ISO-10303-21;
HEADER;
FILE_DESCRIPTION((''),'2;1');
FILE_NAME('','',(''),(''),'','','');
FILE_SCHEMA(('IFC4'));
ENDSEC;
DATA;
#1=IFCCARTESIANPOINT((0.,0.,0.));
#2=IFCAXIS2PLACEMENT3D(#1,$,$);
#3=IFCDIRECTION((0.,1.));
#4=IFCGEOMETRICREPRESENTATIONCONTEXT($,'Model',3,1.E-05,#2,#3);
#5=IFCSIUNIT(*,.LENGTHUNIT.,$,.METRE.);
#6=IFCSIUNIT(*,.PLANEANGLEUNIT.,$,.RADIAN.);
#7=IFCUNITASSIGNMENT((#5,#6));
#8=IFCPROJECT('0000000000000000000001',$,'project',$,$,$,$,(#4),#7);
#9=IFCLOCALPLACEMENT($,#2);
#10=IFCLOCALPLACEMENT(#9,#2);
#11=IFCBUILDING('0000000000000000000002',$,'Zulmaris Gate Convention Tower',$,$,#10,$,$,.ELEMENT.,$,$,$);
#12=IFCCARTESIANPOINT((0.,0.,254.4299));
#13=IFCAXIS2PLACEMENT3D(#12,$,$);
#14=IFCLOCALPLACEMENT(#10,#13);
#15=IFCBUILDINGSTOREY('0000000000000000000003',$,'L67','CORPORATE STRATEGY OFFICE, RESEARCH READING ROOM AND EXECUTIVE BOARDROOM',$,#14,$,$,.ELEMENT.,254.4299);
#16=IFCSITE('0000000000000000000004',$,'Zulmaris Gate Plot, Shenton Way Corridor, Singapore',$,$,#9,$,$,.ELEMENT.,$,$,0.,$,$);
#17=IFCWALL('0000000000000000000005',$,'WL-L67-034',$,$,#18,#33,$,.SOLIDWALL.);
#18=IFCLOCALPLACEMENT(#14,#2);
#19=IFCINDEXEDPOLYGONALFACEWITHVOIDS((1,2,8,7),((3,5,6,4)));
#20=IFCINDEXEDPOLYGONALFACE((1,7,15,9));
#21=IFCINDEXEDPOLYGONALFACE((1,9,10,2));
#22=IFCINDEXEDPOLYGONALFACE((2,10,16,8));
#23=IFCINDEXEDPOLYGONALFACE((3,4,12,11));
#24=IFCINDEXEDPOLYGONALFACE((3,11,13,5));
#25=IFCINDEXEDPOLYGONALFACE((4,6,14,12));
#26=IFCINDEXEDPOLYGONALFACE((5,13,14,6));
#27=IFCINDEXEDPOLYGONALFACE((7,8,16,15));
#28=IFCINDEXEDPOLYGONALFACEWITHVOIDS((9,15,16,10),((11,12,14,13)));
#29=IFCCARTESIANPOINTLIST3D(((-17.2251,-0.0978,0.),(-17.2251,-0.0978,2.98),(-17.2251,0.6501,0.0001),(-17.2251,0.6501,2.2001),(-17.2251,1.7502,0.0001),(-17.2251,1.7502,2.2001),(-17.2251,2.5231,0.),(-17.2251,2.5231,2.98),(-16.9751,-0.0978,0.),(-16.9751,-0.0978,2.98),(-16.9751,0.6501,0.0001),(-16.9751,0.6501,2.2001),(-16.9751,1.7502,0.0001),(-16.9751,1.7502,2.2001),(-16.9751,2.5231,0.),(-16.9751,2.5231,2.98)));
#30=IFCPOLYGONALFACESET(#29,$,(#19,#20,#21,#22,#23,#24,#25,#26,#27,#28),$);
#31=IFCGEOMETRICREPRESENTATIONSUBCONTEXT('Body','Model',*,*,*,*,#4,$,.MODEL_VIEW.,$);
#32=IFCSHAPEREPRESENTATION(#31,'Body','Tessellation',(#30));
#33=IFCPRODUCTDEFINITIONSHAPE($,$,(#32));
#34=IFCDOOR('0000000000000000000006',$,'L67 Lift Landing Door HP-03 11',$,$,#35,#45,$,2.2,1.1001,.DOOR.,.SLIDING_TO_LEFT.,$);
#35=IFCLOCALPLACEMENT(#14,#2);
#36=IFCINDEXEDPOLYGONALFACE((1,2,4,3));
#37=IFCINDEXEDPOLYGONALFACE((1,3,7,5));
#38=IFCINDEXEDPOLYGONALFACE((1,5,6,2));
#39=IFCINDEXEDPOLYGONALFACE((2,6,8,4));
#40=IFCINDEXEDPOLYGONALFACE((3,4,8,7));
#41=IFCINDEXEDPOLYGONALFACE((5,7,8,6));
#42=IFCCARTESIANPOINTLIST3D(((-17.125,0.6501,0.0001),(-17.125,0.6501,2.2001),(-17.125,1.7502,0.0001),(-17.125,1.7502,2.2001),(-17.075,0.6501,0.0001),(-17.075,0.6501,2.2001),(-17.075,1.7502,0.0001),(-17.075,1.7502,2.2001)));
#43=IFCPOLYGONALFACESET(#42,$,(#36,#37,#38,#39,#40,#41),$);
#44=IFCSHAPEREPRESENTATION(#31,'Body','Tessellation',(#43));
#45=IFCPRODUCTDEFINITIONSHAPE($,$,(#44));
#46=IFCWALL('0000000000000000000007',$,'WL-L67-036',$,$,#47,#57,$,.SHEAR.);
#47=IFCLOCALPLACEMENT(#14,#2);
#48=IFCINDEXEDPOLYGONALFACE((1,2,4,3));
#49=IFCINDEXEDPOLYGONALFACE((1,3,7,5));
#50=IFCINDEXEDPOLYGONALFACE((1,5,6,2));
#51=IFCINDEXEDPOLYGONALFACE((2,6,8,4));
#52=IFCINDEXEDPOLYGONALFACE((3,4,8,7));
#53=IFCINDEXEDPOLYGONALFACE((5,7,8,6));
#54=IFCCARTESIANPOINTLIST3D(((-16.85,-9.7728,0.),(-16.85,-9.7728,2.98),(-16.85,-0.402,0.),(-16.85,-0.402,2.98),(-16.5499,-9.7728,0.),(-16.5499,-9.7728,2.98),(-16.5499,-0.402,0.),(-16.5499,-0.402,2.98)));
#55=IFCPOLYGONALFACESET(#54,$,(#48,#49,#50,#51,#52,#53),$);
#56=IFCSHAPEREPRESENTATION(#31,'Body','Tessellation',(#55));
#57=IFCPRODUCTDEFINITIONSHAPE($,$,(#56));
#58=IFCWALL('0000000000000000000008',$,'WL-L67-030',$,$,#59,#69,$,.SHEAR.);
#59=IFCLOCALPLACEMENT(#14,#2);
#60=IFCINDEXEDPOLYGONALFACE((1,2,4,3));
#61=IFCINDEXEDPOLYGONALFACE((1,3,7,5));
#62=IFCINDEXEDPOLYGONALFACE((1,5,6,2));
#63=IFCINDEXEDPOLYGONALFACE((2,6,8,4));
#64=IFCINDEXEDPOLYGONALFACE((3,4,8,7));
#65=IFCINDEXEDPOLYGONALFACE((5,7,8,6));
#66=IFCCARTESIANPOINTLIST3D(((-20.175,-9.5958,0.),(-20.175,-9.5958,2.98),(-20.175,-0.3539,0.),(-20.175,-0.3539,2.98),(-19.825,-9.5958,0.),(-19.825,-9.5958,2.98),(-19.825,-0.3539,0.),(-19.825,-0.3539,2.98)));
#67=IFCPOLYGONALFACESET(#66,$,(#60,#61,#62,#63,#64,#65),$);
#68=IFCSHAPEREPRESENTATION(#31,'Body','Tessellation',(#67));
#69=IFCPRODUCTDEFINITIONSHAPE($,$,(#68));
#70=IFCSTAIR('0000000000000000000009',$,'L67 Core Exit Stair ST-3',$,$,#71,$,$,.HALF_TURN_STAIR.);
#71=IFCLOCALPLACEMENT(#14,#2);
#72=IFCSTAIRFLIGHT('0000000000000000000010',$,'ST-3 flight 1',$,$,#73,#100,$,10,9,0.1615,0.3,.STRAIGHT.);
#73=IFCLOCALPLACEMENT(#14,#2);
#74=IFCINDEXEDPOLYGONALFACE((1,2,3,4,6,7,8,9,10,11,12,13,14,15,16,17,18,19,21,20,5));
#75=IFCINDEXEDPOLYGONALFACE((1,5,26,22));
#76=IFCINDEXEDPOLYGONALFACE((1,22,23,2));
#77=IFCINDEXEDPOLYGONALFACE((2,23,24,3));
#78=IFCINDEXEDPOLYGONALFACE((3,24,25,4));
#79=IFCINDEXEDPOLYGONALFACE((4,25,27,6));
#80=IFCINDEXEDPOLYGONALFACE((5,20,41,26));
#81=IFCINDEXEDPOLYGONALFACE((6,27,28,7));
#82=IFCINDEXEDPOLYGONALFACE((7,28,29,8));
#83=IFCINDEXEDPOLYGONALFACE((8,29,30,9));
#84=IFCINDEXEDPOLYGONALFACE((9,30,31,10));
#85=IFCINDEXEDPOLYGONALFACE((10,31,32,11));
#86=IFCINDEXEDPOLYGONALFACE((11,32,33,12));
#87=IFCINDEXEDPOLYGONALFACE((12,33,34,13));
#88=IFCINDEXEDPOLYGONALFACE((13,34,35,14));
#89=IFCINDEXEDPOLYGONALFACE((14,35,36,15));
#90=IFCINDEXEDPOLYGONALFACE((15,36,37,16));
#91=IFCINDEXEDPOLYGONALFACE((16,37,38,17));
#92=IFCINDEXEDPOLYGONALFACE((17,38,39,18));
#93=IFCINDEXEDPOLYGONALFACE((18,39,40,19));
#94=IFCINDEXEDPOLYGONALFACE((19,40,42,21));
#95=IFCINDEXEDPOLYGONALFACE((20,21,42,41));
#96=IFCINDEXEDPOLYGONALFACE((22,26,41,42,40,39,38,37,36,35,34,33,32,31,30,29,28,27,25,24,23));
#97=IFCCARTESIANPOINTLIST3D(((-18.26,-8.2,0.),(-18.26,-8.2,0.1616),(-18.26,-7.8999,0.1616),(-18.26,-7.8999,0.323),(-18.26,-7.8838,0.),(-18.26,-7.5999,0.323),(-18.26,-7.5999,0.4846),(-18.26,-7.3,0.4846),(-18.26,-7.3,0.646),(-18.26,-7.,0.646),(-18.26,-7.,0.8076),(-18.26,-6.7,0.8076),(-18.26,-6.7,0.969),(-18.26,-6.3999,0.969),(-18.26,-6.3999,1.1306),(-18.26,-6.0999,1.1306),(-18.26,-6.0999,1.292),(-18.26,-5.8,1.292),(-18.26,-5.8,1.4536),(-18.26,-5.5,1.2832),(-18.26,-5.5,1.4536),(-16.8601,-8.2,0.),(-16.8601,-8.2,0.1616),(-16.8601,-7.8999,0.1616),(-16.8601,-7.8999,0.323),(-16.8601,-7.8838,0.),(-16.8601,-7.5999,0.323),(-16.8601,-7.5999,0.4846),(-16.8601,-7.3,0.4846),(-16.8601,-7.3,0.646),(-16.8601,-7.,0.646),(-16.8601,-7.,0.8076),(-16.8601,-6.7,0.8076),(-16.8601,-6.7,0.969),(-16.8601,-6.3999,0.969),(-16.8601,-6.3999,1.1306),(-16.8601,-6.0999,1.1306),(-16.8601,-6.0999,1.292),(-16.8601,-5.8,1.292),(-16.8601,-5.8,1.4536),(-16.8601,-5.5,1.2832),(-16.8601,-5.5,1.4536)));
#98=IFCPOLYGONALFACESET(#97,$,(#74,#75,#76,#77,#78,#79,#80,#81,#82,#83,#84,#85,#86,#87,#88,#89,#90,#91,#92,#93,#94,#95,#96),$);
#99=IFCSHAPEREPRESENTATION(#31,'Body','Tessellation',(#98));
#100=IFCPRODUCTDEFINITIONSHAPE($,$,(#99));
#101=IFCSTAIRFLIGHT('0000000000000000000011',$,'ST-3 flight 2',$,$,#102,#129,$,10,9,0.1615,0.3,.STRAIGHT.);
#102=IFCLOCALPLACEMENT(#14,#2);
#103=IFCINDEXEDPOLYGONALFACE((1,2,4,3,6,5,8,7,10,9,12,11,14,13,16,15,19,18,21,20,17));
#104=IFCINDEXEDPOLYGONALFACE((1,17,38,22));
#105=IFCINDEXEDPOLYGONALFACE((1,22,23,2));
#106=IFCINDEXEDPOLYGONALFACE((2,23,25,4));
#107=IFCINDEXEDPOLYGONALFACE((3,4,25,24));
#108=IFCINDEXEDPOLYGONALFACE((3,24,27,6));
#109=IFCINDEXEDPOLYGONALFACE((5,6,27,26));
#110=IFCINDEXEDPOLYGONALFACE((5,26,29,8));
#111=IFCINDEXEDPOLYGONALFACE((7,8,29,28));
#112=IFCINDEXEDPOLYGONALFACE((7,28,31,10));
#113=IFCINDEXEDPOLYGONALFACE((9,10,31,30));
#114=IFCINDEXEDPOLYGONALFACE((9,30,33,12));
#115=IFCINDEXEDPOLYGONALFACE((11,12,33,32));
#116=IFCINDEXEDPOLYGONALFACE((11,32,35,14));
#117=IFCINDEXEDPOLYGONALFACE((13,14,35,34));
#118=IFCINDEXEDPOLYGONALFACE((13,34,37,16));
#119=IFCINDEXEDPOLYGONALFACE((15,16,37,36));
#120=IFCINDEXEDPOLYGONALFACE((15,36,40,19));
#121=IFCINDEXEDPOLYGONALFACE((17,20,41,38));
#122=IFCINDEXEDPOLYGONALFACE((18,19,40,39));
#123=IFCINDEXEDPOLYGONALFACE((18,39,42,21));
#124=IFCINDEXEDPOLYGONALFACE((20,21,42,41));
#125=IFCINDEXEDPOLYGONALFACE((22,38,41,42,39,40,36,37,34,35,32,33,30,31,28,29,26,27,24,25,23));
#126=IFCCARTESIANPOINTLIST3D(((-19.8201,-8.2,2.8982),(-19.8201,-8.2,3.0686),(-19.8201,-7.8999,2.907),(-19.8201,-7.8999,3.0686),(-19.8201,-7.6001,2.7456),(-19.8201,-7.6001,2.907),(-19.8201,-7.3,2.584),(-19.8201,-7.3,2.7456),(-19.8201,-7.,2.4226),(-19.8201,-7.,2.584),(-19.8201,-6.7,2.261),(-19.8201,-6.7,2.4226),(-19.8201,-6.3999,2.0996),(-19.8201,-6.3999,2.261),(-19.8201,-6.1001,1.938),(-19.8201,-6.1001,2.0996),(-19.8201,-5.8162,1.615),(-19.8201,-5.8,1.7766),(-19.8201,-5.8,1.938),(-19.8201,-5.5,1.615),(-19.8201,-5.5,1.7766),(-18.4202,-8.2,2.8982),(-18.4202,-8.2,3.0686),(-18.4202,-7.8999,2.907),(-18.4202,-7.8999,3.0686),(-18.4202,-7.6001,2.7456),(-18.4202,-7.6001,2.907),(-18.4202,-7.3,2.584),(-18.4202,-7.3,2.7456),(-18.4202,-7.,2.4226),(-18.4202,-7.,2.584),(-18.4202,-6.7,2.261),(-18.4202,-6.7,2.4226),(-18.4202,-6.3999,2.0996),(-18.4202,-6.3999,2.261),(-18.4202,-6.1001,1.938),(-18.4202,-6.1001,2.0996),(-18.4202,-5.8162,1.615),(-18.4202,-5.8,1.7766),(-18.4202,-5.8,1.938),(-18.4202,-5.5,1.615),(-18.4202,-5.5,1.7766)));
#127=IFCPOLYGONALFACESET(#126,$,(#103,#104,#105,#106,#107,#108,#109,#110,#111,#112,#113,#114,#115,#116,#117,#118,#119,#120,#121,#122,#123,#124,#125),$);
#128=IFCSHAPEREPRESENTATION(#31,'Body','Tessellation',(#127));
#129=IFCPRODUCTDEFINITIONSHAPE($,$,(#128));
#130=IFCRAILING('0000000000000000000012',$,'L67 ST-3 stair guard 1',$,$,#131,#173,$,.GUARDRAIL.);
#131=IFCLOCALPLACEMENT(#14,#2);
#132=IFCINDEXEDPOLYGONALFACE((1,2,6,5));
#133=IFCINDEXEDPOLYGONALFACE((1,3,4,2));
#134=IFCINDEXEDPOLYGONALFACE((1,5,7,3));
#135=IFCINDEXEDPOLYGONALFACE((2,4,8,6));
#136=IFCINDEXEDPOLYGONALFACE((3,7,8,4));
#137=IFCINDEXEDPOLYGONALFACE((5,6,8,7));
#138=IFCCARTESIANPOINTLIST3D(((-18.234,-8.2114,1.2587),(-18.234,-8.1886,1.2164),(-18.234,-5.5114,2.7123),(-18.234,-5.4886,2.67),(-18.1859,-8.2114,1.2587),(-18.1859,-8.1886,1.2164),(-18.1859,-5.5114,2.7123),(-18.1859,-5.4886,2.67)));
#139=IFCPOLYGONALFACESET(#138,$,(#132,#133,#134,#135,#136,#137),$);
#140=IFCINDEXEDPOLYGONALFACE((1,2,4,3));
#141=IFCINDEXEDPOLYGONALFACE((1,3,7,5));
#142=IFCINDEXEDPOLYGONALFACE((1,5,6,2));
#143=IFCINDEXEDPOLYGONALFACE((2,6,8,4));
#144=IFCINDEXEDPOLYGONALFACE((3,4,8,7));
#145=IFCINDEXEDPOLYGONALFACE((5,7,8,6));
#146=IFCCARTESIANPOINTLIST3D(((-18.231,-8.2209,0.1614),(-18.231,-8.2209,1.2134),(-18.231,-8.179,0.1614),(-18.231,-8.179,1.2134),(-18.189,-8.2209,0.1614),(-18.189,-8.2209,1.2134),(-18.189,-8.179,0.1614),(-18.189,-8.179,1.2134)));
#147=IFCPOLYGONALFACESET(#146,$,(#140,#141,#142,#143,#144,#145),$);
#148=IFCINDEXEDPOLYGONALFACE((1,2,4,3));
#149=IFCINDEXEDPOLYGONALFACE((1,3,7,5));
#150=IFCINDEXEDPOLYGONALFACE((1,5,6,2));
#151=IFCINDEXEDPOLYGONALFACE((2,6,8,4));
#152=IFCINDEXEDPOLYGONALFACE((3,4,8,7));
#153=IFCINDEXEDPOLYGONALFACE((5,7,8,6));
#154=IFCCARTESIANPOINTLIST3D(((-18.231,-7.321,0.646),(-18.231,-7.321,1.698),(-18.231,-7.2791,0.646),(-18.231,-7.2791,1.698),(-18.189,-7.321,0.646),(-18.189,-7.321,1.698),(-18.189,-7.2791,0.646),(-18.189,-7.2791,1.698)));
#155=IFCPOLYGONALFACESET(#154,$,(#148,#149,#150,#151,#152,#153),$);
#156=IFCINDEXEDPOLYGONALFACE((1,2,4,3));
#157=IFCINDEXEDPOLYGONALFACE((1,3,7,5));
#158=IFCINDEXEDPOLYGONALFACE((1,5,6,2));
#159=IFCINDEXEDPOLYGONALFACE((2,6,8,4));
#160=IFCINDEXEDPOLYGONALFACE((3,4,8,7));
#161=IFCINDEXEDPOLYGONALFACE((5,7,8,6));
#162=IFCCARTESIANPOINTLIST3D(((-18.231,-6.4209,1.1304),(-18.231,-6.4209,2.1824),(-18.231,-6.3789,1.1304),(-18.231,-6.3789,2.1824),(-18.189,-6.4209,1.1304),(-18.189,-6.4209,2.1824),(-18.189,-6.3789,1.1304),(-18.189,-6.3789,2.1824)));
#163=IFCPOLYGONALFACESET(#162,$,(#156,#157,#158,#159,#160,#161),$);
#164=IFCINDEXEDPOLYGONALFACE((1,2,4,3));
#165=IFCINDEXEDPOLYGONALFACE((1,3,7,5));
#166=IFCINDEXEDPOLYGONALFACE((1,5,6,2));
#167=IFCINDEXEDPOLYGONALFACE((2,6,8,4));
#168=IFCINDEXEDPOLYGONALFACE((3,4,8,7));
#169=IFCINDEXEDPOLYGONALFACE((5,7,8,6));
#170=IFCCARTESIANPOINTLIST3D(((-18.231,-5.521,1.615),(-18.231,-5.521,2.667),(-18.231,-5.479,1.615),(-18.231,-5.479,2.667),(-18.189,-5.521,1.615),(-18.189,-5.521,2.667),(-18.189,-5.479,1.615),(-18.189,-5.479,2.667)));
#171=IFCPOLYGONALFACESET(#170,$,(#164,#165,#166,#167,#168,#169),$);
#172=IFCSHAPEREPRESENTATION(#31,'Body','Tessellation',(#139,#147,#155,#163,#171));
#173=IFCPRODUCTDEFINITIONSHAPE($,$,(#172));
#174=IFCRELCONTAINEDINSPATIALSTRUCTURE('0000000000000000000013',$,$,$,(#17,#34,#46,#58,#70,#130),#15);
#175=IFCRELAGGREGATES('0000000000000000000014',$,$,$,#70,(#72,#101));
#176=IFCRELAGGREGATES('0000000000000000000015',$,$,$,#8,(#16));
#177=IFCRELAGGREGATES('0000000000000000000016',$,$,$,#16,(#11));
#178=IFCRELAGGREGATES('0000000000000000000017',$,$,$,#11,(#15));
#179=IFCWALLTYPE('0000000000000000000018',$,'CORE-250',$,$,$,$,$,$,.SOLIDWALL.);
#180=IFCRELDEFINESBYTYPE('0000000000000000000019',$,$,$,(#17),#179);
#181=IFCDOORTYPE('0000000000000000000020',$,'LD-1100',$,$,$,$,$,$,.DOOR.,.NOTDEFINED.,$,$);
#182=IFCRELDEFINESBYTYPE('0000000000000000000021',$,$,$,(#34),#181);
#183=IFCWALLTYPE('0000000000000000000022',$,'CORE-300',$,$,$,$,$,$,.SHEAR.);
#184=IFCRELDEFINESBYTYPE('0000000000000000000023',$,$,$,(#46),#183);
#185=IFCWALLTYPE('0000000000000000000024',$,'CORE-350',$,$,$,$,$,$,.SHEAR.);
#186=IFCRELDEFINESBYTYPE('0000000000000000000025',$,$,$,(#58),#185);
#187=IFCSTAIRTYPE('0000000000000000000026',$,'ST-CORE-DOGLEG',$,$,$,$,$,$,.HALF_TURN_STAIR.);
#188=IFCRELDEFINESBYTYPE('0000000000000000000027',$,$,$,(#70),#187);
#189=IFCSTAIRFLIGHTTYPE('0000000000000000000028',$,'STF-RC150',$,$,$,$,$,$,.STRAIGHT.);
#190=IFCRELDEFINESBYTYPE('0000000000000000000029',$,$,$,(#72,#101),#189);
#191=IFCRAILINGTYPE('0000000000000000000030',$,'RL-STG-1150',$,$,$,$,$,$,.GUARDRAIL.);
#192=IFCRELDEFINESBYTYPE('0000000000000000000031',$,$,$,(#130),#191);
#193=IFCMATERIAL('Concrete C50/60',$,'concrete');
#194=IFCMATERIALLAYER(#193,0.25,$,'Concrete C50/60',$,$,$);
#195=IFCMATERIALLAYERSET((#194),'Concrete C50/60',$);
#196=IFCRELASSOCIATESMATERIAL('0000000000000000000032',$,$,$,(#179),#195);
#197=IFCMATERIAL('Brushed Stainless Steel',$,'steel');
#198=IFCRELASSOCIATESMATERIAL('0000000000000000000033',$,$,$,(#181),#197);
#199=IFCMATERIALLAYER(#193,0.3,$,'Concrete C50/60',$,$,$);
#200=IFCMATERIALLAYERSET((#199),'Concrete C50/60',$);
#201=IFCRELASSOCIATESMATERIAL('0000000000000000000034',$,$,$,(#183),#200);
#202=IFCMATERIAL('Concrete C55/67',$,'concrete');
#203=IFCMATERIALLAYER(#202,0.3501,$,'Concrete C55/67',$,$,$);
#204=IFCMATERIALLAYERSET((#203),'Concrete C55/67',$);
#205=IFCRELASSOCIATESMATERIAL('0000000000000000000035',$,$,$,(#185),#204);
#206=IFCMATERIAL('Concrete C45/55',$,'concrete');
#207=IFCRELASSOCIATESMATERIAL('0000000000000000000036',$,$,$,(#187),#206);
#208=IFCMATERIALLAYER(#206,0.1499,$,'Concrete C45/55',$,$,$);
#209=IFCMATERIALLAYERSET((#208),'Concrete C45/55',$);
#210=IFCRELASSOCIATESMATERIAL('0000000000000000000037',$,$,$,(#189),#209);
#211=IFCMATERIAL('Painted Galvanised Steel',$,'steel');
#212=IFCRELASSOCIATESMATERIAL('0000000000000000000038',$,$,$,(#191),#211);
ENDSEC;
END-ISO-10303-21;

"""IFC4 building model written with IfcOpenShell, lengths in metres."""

from ifc_helpers import new_model, si_unit, direction, frame, frame_2d, origin, origin_2d, place, context, subcontext, project, spatial, polyline, rectangle, outline, extrude, material, layer, layer_set, type_object, element, fill, aggregate, save


model = new_model("IFC4")

# Units and contexts
model_context = context("Model", 3, precision=1e-05, world=origin(), true_north=direction((0.0, 1.0)))
body_context = subcontext(model_context, "Body", "Model", "MODEL_VIEW")
ifc_project = project(units=[si_unit("LENGTHUNIT", "METRE"), si_unit("PLANEANGLEUNIT", "RADIAN")], contexts=[model_context])

# Site, building, storey
site_placement = place(None, origin())
site = spatial("IfcSite", under=ifc_project, at=site_placement, Name="Zulmaris Gate Plot, Shenton Way Corridor, Singapore", CompositionType="ELEMENT", RefElevation=0.0)
building_placement = place(site_placement, origin())
building = spatial("IfcBuilding", under=site, at=building_placement, Name="Zulmaris Gate Convention Tower", CompositionType="ELEMENT")
storey_placement = place(building_placement, frame((0.0, 0.0, 254.4299)))
storey = spatial("IfcBuildingStorey", under=building, at=storey_placement, Name="L67", Description="CORPORATE STRATEGY OFFICE, RESEARCH READING ROOM AND EXECUTIVE BOARDROOM", CompositionType="ELEMENT", Elevation=254.4299)

# Wall, opening, door
ifc_material_1 = material(Name="Concrete C50/60", Category="concrete")
ifc_layer_1 = layer(ifc_material_1, 0.25, Name="Concrete C50/60")
ifc_layer_set_1 = layer_set([ifc_layer_1], Name="Concrete C50/60")
wall_type_1 = type_object("IfcWallType", Name="CORE-250", PredefinedType="SOLIDWALL", material=ifc_layer_set_1)
wall_1_placement = place(storey_placement, frame((-17.1001, -0.0979, 0.0), z_axis=(0.0, 0.0, 1.0), x_axis=(0.0, 1.0, 0.0)))
wall_1 = element("IfcWall", 1, at=wall_1_placement, inside=storey, type_object=wall_type_1, Name="WL-L67-034", PredefinedType="SOLIDWALL", context=body_context, shape_type="SweptSolid", body=[
    extrude(rectangle(XDim=2.6208, YDim=0.25, at=frame_2d((1.3105, 0.0))), origin(), (0.0, 0.0, 1.0), 2.98),
])
opening_1_placement = place(wall_1_placement, frame((0.748, 0.0, 0.0)))
opening_1 = element("IfcOpeningElement", 2, at=opening_1_placement, cuts=wall_1, PredefinedType="OPENING", context=body_context, shape_type="SweptSolid", body=[
    extrude(rectangle(XDim=1.1001, YDim=2.2, at=frame_2d((0.55, 1.1001))), frame((0.0, 0.135, 0.0), z_axis=(0.0, -1.0, 0.0), x_axis=(1.0, 0.0, 0.0)), (0.0, 0.0, 1.0), 0.27),
])
ifc_material_2 = material(Name="Brushed Stainless Steel", Category="steel")
door_type_1 = type_object("IfcDoorType", Name="LD-1100", OperationType="NOTDEFINED", PredefinedType="DOOR", material=ifc_material_2)
door_1_placement = place(opening_1_placement, origin())
door_1 = element("IfcDoor", 3, at=door_1_placement, inside=storey, type_object=door_type_1, Name="L67 Lift Landing Door HP-03 11", OperationType="SLIDING_TO_LEFT", OverallHeight=2.2, OverallWidth=1.1001, PredefinedType="DOOR", context=body_context, shape_type="SweptSolid", body=[
    extrude(rectangle(XDim=1.1001, YDim=2.2, at=frame_2d((0.55, 1.1001))), frame((0.0, 0.0249, 0.0), z_axis=(0.0, -1.0, 0.0), x_axis=(1.0, 0.0, 0.0)), (0.0, 0.0, 1.0), 0.05),
])
fill(opening_1, door_1)
ifc_layer_2 = layer(ifc_material_1, 0.3, Name="Concrete C50/60")
ifc_layer_set_2 = layer_set([ifc_layer_2], Name="Concrete C50/60")
wall_type_2 = type_object("IfcWallType", Name="CORE-300", PredefinedType="SHEAR", material=ifc_layer_set_2)

# Walls
wall_2_placement = place(storey_placement, frame((-16.7, -9.7729, 0.0), z_axis=(0.0, 0.0, 1.0), x_axis=(0.0, 1.0, 0.0)))
element("IfcWall", 4, at=wall_2_placement, inside=storey, type_object=wall_type_2, Name="WL-L67-036", PredefinedType="SHEAR", context=body_context, shape_type="SweptSolid", body=[
    extrude(rectangle(XDim=9.3708, YDim=0.3, at=frame_2d((4.6855, 0.0))), origin(), (0.0, 0.0, 1.0), 2.98),
])
ifc_material_3 = material(Name="Concrete C55/67", Category="concrete")
ifc_layer_3 = layer(ifc_material_3, 0.3501, Name="Concrete C55/67")
ifc_layer_set_3 = layer_set([ifc_layer_3], Name="Concrete C55/67")
wall_type_3 = type_object("IfcWallType", Name="CORE-350", PredefinedType="SHEAR", material=ifc_layer_set_3)
wall_3_placement = place(storey_placement, frame((-20.0, -9.5959, 0.0), z_axis=(0.0, 0.0, 1.0), x_axis=(0.0, 1.0, 0.0)))
element("IfcWall", 5, at=wall_3_placement, inside=storey, type_object=wall_type_3, Name="WL-L67-030", PredefinedType="SHEAR", context=body_context, shape_type="SweptSolid", body=[
    extrude(rectangle(XDim=9.2419, YDim=0.3501, at=frame_2d((4.6211, 0.0))), origin(), (0.0, 0.0, 1.0), 2.98),
])

# Stair, stair flights
ifc_material_4 = material(Name="Concrete C45/55", Category="concrete")
stair_type = type_object("IfcStairType", Name="ST-CORE-DOGLEG", PredefinedType="HALF_TURN_STAIR", material=ifc_material_4)
stair_placement = place(storey_placement, origin())
stair = element("IfcStair", 6, at=stair_placement, inside=storey, type_object=stair_type, Name="L67 Core Exit Stair ST-3", PredefinedType="HALF_TURN_STAIR")
ifc_layer_4 = layer(ifc_material_4, 0.1499, Name="Concrete C45/55")
ifc_layer_set_4 = layer_set([ifc_layer_4], Name="Concrete C45/55")
stair_flight_type = type_object("IfcStairFlightType", Name="STF-RC150", PredefinedType="STRAIGHT", material=ifc_layer_set_4)
stair_flight_1_placement = place(storey_placement, frame((-17.5601, -8.2, 0.0), z_axis=(0.0, 0.0, 1.0), x_axis=(0.0, 1.0, 0.0)))
stair_flight_1 = element("IfcStairFlight", 7, at=stair_flight_1_placement, type_object=stair_flight_type, Name="ST-3 flight 1", NumberOfRisers=10, NumberOfTreads=9, PredefinedType="STRAIGHT", RiserHeight=0.1615, TreadLength=0.3, context=body_context, shape_type="SweptSolid", body=[
    extrude(outline(polyline([(0.0, 0.0), (0.0, 0.1616), (0.3, 0.1616), (0.3, 0.323), (0.6001, 0.323), (0.6001, 0.4846), (0.8999, 0.4846), (0.8999, 0.646), (1.2, 0.646), (1.2, 0.8076), (1.5, 0.8076), (1.5, 0.969), (1.8, 0.969), (1.8, 1.1306), (2.1001, 1.1306), (2.1001, 1.292), (2.3999, 1.292), (2.3999, 1.4536), (2.7, 1.4536), (2.7, 1.615), (2.7, 1.2832), (0.3162, 0.0), (0.0, 0.0)])), frame((0.0, 0.7, 0.0), z_axis=(0.0, -1.0, 0.0), x_axis=(1.0, 0.0, 0.0)), (0.0, 0.0, 1.0), 1.3999),
])
stair_flight_2_placement = place(storey_placement, frame((-19.1201, -5.5, 1.615), z_axis=(0.0, 0.0, 1.0), x_axis=(0.0, -1.0, 0.0)))
stair_flight_2 = element("IfcStairFlight", 8, at=stair_flight_2_placement, type_object=stair_flight_type, Name="ST-3 flight 2", NumberOfRisers=10, NumberOfTreads=9, PredefinedType="STRAIGHT", RiserHeight=0.1615, TreadLength=0.3, context=body_context, shape_type="SweptSolid", body=[
    extrude(outline(polyline([(0.0, 0.0), (0.0, 0.1616), (0.3, 0.1616), (0.3, 0.323), (0.6001, 0.323), (0.6001, 0.4846), (0.8999, 0.4846), (0.8999, 0.646), (1.2, 0.646), (1.2, 0.8076), (1.5, 0.8076), (1.5, 0.969), (1.8, 0.969), (1.8, 1.1306), (2.1001, 1.1306), (2.1001, 1.292), (2.3999, 1.292), (2.3999, 1.4536), (2.7, 1.4536), (2.7, 1.615), (2.7, 1.2832), (0.3162, 0.0), (0.0, 0.0)])), frame((0.0, 0.7, 0.0), z_axis=(0.0, -1.0, 0.0), x_axis=(1.0, 0.0, 0.0)), (0.0, 0.0, 1.0), 1.3999),
])
aggregate(stair, [stair_flight_1, stair_flight_2])

# Railing
ifc_material_5 = material(Name="Painted Galvanised Steel", Category="steel")
railing_type_1 = type_object("IfcRailingType", Name="RL-STG-1150", PredefinedType="GUARDRAIL", material=ifc_material_5)
railing_1_placement = place(storey_placement, frame((-18.21, -8.2, 0.1614)))
element("IfcRailing", 9, at=railing_1_placement, inside=storey, type_object=railing_type_1, Name="L67 ST-3 stair guard 1", PredefinedType="GUARDRAIL", context=body_context, shape_type="SweptSolid", body=[
    extrude(rectangle(XDim=0.0481, YDim=0.0481, at=origin_2d()), frame((0.0, 0.0, 1.0762), z_axis=(0.0, 0.880499, 0.474048), x_axis=(-1.0, 0.0, 0.0)), (0.0, 0.0, 1.0), 3.0664),
    extrude(rectangle(XDim=0.042, YDim=0.042, at=origin_2d()), origin(), (0.0, 0.0, 1.0), 1.052),
    extrude(rectangle(XDim=0.042, YDim=0.042, at=origin_2d()), frame((0.0, 0.8999, 0.4846)), (0.0, 0.0, 1.0), 1.052),
    extrude(rectangle(XDim=0.042, YDim=0.042, at=origin_2d()), frame((0.0, 1.8, 0.969)), (0.0, 0.0, 1.0), 1.052),
    extrude(rectangle(XDim=0.042, YDim=0.042, at=origin_2d()), frame((0.0, 2.7, 1.4536)), (0.0, 0.0, 1.0), 1.052),
])

save(model, "model.ifc")
